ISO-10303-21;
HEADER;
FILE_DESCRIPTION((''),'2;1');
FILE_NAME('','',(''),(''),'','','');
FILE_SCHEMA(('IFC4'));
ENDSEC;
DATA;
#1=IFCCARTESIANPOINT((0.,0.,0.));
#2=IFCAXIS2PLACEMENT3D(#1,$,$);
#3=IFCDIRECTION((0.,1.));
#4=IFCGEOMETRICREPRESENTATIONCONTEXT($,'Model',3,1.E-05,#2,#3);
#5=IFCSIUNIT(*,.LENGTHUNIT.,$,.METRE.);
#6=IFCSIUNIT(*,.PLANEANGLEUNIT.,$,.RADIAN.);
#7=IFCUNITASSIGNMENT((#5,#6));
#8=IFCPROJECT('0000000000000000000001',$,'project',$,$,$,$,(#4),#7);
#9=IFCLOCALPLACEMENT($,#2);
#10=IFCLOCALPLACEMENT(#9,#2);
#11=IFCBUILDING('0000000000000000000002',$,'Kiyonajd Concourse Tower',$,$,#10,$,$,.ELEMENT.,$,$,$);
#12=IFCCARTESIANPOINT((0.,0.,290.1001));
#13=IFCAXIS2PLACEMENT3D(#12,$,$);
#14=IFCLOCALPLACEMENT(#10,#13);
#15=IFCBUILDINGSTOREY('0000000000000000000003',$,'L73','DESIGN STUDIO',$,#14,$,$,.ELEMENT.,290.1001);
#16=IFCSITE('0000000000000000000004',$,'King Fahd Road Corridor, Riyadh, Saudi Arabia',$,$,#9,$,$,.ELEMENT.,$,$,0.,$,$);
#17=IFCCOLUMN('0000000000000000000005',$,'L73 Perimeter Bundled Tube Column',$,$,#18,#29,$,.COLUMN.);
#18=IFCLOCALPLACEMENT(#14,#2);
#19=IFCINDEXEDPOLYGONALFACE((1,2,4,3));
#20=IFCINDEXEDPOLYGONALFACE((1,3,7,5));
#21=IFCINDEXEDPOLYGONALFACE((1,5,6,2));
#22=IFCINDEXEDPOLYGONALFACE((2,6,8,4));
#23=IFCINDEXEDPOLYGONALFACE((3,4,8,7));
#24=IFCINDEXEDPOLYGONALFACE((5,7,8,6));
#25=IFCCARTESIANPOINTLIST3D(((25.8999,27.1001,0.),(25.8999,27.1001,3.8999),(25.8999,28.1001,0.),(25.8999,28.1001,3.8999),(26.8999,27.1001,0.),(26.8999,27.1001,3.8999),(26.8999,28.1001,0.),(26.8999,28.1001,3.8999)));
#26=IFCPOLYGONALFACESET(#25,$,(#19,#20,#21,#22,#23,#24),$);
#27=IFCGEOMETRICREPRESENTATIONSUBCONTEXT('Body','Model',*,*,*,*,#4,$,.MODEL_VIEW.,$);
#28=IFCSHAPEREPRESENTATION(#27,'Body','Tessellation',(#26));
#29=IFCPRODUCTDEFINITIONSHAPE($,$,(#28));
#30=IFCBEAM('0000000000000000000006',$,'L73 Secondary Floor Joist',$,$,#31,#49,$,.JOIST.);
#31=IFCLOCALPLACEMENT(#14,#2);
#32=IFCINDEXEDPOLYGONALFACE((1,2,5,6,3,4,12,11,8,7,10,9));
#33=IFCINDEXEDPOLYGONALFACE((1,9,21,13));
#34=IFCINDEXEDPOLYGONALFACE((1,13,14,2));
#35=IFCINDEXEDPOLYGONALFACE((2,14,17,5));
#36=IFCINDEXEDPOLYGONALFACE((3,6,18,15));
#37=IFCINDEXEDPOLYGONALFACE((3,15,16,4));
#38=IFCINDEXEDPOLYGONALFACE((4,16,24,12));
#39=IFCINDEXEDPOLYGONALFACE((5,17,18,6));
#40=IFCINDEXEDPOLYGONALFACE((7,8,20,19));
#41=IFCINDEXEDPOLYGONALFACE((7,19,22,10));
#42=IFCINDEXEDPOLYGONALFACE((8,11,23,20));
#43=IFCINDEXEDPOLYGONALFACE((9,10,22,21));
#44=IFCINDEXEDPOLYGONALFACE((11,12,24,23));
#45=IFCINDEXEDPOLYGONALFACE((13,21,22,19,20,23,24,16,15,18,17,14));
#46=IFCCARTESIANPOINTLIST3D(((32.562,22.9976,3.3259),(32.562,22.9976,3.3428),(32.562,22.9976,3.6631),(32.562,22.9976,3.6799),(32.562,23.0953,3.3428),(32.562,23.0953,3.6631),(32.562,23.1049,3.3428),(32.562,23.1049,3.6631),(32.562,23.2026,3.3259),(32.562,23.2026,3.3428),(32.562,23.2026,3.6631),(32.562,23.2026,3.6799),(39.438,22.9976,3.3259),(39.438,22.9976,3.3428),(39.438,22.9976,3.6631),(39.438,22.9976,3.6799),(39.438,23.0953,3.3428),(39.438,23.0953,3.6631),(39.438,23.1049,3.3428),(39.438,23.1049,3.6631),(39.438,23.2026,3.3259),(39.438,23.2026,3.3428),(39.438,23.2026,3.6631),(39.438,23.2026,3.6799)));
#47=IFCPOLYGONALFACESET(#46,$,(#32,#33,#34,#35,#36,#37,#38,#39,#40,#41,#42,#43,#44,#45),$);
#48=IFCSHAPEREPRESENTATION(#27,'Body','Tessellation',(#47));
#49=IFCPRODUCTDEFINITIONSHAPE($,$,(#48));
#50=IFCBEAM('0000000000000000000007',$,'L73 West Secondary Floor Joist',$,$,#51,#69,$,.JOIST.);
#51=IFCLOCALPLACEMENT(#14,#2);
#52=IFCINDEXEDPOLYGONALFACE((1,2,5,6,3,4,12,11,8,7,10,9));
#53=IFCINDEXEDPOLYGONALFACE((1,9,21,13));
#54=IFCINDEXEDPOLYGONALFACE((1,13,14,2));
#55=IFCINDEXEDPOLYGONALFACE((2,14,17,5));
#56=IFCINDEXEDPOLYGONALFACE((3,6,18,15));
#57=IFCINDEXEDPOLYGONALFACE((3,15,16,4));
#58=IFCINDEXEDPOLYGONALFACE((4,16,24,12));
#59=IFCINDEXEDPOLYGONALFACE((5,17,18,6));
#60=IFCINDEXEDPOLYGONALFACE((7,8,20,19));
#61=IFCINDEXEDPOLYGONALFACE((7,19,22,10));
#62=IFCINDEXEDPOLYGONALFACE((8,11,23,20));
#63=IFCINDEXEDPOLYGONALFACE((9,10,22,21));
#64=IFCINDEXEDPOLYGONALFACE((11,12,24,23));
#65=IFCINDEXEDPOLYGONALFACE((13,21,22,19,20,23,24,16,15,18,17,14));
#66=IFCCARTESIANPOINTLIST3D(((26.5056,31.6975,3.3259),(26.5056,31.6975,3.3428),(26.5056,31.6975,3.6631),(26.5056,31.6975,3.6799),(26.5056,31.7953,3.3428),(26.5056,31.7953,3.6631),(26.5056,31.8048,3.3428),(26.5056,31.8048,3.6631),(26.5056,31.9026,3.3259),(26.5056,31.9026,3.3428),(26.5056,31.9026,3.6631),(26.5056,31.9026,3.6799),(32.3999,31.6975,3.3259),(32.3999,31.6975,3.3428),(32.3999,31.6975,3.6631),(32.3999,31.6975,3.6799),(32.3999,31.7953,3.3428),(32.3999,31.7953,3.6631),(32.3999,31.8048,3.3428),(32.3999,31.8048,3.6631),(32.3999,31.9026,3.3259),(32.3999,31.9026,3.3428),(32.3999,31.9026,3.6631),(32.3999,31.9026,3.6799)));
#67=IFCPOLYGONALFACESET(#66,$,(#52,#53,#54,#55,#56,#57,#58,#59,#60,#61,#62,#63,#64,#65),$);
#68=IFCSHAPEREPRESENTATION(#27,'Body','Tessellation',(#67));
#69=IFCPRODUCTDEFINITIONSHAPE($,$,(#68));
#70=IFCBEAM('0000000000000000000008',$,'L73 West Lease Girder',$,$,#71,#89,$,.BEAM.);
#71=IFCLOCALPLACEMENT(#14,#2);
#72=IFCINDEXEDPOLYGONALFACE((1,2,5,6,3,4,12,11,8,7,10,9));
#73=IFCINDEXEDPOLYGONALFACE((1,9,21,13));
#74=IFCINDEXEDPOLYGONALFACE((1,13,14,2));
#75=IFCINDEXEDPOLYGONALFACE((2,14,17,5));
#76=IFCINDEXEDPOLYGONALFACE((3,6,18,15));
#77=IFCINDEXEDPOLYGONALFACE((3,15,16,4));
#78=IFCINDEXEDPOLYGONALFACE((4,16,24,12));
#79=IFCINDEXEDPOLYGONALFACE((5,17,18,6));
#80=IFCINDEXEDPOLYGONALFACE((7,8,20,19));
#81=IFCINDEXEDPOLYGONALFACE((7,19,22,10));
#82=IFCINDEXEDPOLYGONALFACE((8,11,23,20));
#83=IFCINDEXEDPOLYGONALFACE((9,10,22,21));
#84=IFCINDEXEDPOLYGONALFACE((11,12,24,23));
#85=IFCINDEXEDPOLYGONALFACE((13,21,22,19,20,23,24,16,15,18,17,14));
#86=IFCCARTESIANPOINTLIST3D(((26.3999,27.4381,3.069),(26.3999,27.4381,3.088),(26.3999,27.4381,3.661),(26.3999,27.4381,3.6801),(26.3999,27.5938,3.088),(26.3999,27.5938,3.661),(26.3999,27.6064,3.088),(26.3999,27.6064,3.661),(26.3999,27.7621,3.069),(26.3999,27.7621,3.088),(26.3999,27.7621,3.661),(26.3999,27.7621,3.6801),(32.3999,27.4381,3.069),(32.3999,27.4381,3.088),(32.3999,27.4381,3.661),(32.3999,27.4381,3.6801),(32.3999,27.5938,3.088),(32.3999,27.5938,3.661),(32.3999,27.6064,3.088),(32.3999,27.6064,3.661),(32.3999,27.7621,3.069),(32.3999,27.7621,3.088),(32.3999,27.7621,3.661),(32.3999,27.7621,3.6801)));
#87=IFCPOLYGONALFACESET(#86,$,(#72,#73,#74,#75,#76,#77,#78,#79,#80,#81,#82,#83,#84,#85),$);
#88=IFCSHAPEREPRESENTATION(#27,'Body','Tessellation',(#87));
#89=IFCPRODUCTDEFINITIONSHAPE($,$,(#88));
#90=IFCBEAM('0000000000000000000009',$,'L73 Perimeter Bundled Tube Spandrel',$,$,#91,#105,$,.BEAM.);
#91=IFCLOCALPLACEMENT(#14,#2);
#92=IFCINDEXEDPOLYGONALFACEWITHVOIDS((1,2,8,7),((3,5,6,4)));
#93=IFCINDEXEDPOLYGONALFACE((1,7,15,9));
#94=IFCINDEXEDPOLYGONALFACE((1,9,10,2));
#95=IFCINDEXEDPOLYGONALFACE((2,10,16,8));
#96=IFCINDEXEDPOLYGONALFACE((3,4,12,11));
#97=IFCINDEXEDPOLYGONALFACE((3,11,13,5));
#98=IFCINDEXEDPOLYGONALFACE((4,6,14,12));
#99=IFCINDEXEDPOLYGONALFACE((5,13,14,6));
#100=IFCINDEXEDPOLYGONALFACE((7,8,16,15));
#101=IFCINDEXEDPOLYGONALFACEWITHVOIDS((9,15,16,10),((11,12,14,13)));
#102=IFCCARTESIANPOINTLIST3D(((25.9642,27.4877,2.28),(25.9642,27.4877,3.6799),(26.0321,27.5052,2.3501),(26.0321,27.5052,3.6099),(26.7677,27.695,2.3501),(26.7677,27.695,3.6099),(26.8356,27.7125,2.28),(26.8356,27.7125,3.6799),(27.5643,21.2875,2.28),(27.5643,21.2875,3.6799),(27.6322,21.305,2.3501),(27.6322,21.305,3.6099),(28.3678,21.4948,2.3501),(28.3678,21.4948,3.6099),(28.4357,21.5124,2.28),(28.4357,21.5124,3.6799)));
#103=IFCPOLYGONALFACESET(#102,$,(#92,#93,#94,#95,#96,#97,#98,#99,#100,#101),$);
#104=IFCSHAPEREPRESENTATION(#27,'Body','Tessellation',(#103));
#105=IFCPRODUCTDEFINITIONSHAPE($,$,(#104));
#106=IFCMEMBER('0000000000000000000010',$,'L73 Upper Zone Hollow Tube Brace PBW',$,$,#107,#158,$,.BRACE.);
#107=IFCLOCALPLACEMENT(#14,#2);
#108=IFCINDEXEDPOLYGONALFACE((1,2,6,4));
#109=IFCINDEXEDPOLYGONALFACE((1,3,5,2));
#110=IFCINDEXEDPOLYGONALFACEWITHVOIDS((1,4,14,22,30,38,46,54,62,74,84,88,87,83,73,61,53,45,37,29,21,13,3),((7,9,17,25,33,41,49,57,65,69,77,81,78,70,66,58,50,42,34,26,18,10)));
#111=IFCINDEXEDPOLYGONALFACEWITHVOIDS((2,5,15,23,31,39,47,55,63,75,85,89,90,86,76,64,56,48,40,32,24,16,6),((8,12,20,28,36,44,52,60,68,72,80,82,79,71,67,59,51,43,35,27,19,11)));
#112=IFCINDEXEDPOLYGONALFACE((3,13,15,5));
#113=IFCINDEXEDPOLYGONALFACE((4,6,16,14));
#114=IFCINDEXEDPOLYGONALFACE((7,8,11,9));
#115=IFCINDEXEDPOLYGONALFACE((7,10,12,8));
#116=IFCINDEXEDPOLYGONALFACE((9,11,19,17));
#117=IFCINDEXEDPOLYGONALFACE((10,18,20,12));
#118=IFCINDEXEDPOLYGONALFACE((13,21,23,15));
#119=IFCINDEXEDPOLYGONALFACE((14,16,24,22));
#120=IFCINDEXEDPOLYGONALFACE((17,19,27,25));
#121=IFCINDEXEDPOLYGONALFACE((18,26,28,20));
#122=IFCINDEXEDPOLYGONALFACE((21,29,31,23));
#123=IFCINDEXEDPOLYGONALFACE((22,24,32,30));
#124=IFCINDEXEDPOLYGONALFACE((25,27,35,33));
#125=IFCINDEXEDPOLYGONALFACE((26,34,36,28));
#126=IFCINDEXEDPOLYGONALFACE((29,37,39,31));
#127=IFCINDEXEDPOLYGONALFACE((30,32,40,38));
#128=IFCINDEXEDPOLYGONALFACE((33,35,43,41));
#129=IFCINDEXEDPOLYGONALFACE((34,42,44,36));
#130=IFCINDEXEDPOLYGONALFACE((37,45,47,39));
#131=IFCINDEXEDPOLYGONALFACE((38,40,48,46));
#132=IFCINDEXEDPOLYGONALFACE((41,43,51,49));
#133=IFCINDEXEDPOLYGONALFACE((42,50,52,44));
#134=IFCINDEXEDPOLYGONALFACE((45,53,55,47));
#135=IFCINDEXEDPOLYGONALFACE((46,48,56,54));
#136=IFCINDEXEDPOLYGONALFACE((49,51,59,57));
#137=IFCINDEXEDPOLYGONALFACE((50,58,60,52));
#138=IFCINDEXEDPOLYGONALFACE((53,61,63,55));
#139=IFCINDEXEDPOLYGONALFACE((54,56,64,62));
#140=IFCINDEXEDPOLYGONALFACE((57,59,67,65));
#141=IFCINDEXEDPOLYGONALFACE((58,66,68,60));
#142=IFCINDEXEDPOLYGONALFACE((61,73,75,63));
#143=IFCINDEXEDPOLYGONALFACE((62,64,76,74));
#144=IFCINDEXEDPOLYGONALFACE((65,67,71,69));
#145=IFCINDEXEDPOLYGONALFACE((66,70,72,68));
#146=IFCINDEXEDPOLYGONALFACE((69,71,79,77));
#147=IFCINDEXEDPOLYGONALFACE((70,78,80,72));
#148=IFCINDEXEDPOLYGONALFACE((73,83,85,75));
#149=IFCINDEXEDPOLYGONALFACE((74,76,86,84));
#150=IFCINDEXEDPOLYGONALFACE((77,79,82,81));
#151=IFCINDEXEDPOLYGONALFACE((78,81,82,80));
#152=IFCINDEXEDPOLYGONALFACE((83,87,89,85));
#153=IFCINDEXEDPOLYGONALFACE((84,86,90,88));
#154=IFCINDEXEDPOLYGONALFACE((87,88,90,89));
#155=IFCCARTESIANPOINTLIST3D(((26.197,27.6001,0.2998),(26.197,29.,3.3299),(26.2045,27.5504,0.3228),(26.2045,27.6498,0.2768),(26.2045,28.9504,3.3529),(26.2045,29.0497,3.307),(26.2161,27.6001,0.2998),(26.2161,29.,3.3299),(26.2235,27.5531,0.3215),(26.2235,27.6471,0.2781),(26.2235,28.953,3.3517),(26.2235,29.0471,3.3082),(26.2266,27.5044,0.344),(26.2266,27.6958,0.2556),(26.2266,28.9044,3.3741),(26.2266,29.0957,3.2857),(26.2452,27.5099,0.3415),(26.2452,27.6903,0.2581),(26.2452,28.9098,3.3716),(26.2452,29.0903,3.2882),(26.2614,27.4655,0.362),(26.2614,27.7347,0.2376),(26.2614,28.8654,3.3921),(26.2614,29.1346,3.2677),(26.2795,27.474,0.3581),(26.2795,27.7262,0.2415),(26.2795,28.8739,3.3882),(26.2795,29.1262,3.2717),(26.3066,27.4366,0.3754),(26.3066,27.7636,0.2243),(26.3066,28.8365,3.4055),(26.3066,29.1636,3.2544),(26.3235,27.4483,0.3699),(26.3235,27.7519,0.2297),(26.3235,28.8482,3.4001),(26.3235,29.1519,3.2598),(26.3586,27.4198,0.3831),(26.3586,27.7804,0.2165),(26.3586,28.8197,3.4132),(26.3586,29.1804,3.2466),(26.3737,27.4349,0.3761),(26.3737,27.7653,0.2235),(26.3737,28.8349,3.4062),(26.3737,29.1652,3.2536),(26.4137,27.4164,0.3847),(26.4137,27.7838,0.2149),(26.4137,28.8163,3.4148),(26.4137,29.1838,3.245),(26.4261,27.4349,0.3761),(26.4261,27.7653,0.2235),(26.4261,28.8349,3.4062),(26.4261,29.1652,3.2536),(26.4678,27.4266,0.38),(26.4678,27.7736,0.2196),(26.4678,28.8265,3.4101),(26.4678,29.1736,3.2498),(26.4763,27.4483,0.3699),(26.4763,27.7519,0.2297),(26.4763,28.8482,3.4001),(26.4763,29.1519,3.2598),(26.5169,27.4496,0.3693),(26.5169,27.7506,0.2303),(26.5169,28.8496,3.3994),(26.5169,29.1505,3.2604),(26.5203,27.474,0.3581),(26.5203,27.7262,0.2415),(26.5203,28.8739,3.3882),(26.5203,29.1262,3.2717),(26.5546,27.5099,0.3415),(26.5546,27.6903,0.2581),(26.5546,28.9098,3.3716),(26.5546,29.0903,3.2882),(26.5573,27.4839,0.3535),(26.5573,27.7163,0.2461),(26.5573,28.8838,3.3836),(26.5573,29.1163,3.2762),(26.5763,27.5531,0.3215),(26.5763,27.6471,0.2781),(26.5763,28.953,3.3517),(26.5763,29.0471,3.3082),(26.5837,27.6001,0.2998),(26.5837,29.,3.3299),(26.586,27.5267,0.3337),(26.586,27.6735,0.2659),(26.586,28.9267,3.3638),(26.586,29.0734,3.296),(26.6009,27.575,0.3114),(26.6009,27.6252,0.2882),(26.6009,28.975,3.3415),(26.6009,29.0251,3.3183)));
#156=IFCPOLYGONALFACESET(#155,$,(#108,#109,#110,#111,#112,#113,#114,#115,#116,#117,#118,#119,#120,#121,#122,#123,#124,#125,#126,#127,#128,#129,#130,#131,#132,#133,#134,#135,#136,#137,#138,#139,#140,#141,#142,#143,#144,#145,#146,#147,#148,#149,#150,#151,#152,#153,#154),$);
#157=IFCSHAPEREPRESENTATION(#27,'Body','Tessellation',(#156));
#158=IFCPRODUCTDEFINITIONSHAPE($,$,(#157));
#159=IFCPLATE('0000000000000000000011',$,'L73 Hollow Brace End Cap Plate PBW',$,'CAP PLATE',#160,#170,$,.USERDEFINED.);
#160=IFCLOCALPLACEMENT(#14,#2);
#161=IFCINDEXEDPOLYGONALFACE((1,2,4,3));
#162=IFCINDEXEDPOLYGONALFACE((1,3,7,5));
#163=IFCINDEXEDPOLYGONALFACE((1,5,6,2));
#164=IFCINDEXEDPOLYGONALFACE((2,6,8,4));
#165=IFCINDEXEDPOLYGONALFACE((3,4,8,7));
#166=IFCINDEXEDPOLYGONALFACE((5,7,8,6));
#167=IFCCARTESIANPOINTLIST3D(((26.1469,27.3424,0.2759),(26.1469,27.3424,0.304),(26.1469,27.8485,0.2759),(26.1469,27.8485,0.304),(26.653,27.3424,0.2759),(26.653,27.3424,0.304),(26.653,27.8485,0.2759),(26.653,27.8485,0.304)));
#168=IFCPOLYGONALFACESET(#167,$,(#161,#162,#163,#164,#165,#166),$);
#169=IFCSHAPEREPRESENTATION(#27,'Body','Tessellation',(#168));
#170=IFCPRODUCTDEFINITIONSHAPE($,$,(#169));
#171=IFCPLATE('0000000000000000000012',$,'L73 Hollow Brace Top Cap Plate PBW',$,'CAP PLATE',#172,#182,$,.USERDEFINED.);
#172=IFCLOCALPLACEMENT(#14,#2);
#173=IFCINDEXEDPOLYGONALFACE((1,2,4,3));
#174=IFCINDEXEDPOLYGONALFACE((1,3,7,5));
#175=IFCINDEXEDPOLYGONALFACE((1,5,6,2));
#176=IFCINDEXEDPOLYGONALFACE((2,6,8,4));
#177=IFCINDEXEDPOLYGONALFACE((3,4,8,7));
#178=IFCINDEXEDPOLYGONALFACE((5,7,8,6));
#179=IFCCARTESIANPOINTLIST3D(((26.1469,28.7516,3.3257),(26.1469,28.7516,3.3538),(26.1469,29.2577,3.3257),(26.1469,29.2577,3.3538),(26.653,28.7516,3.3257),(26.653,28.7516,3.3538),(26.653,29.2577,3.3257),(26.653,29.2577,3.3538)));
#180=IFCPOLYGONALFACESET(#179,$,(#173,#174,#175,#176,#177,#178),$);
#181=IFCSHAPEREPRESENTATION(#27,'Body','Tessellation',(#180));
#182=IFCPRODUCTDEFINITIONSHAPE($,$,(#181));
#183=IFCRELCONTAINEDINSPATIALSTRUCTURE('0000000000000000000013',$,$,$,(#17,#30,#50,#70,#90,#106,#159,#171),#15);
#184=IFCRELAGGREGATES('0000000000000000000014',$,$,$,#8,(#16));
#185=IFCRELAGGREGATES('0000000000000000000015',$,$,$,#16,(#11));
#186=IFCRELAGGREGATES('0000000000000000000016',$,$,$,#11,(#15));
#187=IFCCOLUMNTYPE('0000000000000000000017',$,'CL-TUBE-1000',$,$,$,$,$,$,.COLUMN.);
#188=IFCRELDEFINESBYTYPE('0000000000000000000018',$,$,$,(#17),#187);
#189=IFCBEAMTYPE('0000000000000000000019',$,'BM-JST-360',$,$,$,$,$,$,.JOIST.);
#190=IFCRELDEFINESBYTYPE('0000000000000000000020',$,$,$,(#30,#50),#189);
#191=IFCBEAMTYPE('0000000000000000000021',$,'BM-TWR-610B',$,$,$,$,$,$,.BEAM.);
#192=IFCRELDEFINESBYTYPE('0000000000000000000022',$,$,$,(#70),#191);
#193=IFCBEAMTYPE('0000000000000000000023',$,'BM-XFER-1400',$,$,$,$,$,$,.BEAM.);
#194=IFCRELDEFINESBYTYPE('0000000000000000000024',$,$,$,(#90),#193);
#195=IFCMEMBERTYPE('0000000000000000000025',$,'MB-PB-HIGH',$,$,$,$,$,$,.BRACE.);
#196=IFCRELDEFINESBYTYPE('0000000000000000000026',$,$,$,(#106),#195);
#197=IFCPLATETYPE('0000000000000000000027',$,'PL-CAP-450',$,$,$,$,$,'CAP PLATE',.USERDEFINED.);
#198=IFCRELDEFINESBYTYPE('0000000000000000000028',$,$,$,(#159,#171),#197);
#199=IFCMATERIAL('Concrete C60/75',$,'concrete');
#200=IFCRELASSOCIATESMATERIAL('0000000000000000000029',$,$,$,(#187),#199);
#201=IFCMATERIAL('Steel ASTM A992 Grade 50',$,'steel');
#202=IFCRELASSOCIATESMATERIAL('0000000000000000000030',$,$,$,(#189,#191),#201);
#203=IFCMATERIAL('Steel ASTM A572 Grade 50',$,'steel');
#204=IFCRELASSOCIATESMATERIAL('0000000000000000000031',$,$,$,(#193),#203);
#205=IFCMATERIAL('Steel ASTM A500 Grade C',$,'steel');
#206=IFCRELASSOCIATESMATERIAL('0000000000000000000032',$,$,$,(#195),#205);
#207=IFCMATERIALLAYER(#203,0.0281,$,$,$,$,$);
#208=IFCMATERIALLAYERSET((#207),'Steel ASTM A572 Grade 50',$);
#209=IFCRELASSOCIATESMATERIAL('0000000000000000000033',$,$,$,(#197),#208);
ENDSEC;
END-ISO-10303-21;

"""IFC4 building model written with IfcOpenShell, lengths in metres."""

from ifc_helpers import new_model, si_unit, direction, frame, origin, origin_2d, place, context, subcontext, project, spatial, rectangle, hollow_rectangle, hollow_circle, i_section, extrude, material, layer, layer_set, material_profile, profile_set, type_object, element, save


model = new_model("IFC4")

# Units and contexts
model_context = context("Model", 3, precision=1e-05, world=origin(), true_north=direction((0.0, 1.0)))
body_context = subcontext(model_context, "Body", "Model", "MODEL_VIEW")
ifc_project = project(units=[si_unit("LENGTHUNIT", "METRE"), si_unit("PLANEANGLEUNIT", "RADIAN")], contexts=[model_context])

# Site, building, storey
site_placement = place(None, origin())
site = spatial("IfcSite", under=ifc_project, at=site_placement, Name="King Fahd Road Corridor, Riyadh, Saudi Arabia", CompositionType="ELEMENT", RefElevation=0.0)
building_placement = place(site_placement, origin())
building = spatial("IfcBuilding", under=site, at=building_placement, Name="Kiyonajd Concourse Tower", CompositionType="ELEMENT")
storey_placement = place(building_placement, frame((0.0, 0.0, 290.1001)))
storey = spatial("IfcBuildingStorey", under=building, at=storey_placement, Name="L73", Description="DESIGN STUDIO", CompositionType="ELEMENT", Elevation=290.1001)

# Column
ifc_material_1 = material(Name="Concrete C60/75", Category="concrete")
ifc_material_profile_1 = material_profile(ifc_material_1, rectangle(XDim=1.0, YDim=1.0, at=origin_2d()), Name="RC-1000x1000")
ifc_profile_set_1 = profile_set([ifc_material_profile_1], Name="Concrete C60/75")
column_type = type_object("IfcColumnType", Name="CL-TUBE-1000", PredefinedType="COLUMN", material=ifc_profile_set_1)
column_placement = place(storey_placement, frame((26.3999, 27.6001, 0.0), z_axis=(0.0, 0.0, 1.0), x_axis=(1.0, 0.0, 0.0)))
element("IfcColumn", 1, at=column_placement, inside=storey, type_object=column_type, Name="L73 Perimeter Bundled Tube Column", PredefinedType="COLUMN", context=body_context, shape_type="SweptSolid", body=[
    extrude(rectangle(XDim=1.0, YDim=1.0, at=origin_2d()), origin(), (0.0, 0.0, 1.0), 3.8999),
])

# Beams
ifc_material_2 = material(Name="Steel ASTM A992 Grade 50", Category="steel")
ifc_material_profile_2 = material_profile(ifc_material_2, i_section(OverallWidth=0.2051, OverallDepth=0.354, WebThickness=0.0095, FlangeThickness=0.0168, at=origin_2d()), Name="W360X79")
ifc_profile_set_2 = profile_set([ifc_material_profile_2], Name="Steel ASTM A992 Grade 50")
beam_type_1 = type_object("IfcBeamType", Name="BM-JST-360", PredefinedType="JOIST", material=ifc_profile_set_2)
beam_1_placement = place(storey_placement, frame((32.562, 23.1001, 3.5029), z_axis=(1.0, 0.0, 0.0), x_axis=(0.0, 1.0, 0.0)))
element("IfcBeam", 2, at=beam_1_placement, inside=storey, type_object=beam_type_1, Name="L73 Secondary Floor Joist", PredefinedType="JOIST", context=body_context, shape_type="SweptSolid", body=[
    extrude(i_section(OverallWidth=0.2051, OverallDepth=0.354, WebThickness=0.0095, FlangeThickness=0.0168, at=origin_2d()), origin(), (0.0, 0.0, 1.0), 6.876),
])
beam_2_placement = place(storey_placement, frame((26.5056, 31.8, 3.5029), z_axis=(1.0, 0.0, 0.0), x_axis=(0.0, 1.0, 0.0)))
element("IfcBeam", 3, at=beam_2_placement, inside=storey, type_object=beam_type_1, Name="L73 West Secondary Floor Joist", PredefinedType="JOIST", context=body_context, shape_type="SweptSolid", body=[
    extrude(i_section(OverallWidth=0.2051, OverallDepth=0.354, WebThickness=0.0095, FlangeThickness=0.0168, at=origin_2d()), origin(), (0.0, 0.0, 1.0), 5.8943),
])
ifc_material_profile_3 = material_profile(ifc_material_2, i_section(OverallWidth=0.324, OverallDepth=0.6111, WebThickness=0.0127, FlangeThickness=0.019, at=origin_2d()), Name="W610X155")
ifc_profile_set_3 = profile_set([ifc_material_profile_3], Name="Steel ASTM A992 Grade 50")
beam_type_2 = type_object("IfcBeamType", Name="BM-TWR-610B", PredefinedType="BEAM", material=ifc_profile_set_3)
beam_3_placement = place(storey_placement, frame((26.3999, 27.6001, 3.3745), z_axis=(1.0, 0.0, 0.0), x_axis=(0.0, 1.0, 0.0)))
element("IfcBeam", 4, at=beam_3_placement, inside=storey, type_object=beam_type_2, Name="L73 West Lease Girder", PredefinedType="BEAM", context=body_context, shape_type="SweptSolid", body=[
    extrude(i_section(OverallWidth=0.324, OverallDepth=0.6111, WebThickness=0.0127, FlangeThickness=0.019, at=origin_2d()), origin(), (0.0, 0.0, 1.0), 6.0),
])
ifc_material_3 = material(Name="Steel ASTM A572 Grade 50", Category="steel")
ifc_material_profile_4 = material_profile(ifc_material_3, hollow_rectangle(XDim=0.8999, YDim=1.3999, WallThickness=0.0701, at=origin_2d()), Name="BOX-1400x900x70")
ifc_profile_set_4 = profile_set([ifc_material_profile_4], Name="Steel ASTM A572 Grade 50")
beam_type_3 = type_object("IfcBeamType", Name="BM-XFER-1400", PredefinedType="BEAM", material=ifc_profile_set_4)
beam_4_placement = place(storey_placement, frame((26.3999, 27.6001, 2.98), z_axis=(0.249885, -0.968276, 0.0), x_axis=(0.968276, 0.249885, 0.0)))
element("IfcBeam", 5, at=beam_4_placement, inside=storey, type_object=beam_type_3, Name="L73 Perimeter Bundled Tube Spandrel", PredefinedType="BEAM", context=body_context, shape_type="SweptSolid", body=[
    extrude(hollow_rectangle(XDim=0.8999, YDim=1.3999, WallThickness=0.0701, at=origin_2d()), origin(), (0.0, 0.0, 1.0), 6.4033),
])

# Member
ifc_material_4 = material(Name="Steel ASTM A500 Grade C", Category="steel")
ifc_material_profile_5 = material_profile(ifc_material_4, hollow_circle(Radius=0.2029, WallThickness=0.019, at=origin_2d()), Name="CHS-406x19")
ifc_profile_set_5 = profile_set([ifc_material_profile_5], Name="Steel ASTM A500 Grade C")
member_type = type_object("IfcMemberType", Name="MB-PB-HIGH", PredefinedType="BRACE", material=ifc_profile_set_5)
member_placement = place(storey_placement, frame((26.3999, 27.6001, 0.2998), z_axis=(0.0, 0.419411, 0.907797), x_axis=(-1.0, 0.0, 0.0)))
element("IfcMember", 6, at=member_placement, inside=storey, type_object=member_type, Name="L73 Upper Zone Hollow Tube Brace PBW", PredefinedType="BRACE", context=body_context, shape_type="SweptSolid", body=[
    extrude(hollow_circle(Radius=0.2029, WallThickness=0.019, at=origin_2d()), origin(), (0.0, 0.0, 1.0), 3.3379),
])

# Plates
ifc_layer_1 = layer(ifc_material_3, 0.0281)
ifc_layer_set_1 = layer_set([ifc_layer_1], Name="Steel ASTM A572 Grade 50")
plate_type_1 = type_object("IfcPlateType", Name="PL-CAP-450", ElementType="CAP PLATE", PredefinedType="USERDEFINED", material=ifc_layer_set_1)
for number, where, z_axis, x_axis, name in (
    (7, (26.3999, 27.5955, 0.2759), (0.0, 0.0, 1.0), (1.0, 0.0, 0.0), "L73 Hollow Brace End Cap Plate PBW"),
    (8, (26.3999, 29.0046, 3.3257), (0.0, 0.0, 1.0), (1.0, 0.0, 0.0), "L73 Hollow Brace Top Cap Plate PBW"),
):
    element("IfcPlate", number, at=place(storey_placement, frame(where, z_axis=z_axis, x_axis=x_axis)), inside=storey, type_object=plate_type_1, Name=name, ObjectType="CAP PLATE", PredefinedType="USERDEFINED", context=body_context, shape_type="SweptSolid", body=[
        extrude(rectangle(XDim=0.5061, YDim=0.5061, at=origin_2d()), origin(), (0.0, 0.0, 1.0), 0.0281),
    ])

save(model, "model.ifc")
